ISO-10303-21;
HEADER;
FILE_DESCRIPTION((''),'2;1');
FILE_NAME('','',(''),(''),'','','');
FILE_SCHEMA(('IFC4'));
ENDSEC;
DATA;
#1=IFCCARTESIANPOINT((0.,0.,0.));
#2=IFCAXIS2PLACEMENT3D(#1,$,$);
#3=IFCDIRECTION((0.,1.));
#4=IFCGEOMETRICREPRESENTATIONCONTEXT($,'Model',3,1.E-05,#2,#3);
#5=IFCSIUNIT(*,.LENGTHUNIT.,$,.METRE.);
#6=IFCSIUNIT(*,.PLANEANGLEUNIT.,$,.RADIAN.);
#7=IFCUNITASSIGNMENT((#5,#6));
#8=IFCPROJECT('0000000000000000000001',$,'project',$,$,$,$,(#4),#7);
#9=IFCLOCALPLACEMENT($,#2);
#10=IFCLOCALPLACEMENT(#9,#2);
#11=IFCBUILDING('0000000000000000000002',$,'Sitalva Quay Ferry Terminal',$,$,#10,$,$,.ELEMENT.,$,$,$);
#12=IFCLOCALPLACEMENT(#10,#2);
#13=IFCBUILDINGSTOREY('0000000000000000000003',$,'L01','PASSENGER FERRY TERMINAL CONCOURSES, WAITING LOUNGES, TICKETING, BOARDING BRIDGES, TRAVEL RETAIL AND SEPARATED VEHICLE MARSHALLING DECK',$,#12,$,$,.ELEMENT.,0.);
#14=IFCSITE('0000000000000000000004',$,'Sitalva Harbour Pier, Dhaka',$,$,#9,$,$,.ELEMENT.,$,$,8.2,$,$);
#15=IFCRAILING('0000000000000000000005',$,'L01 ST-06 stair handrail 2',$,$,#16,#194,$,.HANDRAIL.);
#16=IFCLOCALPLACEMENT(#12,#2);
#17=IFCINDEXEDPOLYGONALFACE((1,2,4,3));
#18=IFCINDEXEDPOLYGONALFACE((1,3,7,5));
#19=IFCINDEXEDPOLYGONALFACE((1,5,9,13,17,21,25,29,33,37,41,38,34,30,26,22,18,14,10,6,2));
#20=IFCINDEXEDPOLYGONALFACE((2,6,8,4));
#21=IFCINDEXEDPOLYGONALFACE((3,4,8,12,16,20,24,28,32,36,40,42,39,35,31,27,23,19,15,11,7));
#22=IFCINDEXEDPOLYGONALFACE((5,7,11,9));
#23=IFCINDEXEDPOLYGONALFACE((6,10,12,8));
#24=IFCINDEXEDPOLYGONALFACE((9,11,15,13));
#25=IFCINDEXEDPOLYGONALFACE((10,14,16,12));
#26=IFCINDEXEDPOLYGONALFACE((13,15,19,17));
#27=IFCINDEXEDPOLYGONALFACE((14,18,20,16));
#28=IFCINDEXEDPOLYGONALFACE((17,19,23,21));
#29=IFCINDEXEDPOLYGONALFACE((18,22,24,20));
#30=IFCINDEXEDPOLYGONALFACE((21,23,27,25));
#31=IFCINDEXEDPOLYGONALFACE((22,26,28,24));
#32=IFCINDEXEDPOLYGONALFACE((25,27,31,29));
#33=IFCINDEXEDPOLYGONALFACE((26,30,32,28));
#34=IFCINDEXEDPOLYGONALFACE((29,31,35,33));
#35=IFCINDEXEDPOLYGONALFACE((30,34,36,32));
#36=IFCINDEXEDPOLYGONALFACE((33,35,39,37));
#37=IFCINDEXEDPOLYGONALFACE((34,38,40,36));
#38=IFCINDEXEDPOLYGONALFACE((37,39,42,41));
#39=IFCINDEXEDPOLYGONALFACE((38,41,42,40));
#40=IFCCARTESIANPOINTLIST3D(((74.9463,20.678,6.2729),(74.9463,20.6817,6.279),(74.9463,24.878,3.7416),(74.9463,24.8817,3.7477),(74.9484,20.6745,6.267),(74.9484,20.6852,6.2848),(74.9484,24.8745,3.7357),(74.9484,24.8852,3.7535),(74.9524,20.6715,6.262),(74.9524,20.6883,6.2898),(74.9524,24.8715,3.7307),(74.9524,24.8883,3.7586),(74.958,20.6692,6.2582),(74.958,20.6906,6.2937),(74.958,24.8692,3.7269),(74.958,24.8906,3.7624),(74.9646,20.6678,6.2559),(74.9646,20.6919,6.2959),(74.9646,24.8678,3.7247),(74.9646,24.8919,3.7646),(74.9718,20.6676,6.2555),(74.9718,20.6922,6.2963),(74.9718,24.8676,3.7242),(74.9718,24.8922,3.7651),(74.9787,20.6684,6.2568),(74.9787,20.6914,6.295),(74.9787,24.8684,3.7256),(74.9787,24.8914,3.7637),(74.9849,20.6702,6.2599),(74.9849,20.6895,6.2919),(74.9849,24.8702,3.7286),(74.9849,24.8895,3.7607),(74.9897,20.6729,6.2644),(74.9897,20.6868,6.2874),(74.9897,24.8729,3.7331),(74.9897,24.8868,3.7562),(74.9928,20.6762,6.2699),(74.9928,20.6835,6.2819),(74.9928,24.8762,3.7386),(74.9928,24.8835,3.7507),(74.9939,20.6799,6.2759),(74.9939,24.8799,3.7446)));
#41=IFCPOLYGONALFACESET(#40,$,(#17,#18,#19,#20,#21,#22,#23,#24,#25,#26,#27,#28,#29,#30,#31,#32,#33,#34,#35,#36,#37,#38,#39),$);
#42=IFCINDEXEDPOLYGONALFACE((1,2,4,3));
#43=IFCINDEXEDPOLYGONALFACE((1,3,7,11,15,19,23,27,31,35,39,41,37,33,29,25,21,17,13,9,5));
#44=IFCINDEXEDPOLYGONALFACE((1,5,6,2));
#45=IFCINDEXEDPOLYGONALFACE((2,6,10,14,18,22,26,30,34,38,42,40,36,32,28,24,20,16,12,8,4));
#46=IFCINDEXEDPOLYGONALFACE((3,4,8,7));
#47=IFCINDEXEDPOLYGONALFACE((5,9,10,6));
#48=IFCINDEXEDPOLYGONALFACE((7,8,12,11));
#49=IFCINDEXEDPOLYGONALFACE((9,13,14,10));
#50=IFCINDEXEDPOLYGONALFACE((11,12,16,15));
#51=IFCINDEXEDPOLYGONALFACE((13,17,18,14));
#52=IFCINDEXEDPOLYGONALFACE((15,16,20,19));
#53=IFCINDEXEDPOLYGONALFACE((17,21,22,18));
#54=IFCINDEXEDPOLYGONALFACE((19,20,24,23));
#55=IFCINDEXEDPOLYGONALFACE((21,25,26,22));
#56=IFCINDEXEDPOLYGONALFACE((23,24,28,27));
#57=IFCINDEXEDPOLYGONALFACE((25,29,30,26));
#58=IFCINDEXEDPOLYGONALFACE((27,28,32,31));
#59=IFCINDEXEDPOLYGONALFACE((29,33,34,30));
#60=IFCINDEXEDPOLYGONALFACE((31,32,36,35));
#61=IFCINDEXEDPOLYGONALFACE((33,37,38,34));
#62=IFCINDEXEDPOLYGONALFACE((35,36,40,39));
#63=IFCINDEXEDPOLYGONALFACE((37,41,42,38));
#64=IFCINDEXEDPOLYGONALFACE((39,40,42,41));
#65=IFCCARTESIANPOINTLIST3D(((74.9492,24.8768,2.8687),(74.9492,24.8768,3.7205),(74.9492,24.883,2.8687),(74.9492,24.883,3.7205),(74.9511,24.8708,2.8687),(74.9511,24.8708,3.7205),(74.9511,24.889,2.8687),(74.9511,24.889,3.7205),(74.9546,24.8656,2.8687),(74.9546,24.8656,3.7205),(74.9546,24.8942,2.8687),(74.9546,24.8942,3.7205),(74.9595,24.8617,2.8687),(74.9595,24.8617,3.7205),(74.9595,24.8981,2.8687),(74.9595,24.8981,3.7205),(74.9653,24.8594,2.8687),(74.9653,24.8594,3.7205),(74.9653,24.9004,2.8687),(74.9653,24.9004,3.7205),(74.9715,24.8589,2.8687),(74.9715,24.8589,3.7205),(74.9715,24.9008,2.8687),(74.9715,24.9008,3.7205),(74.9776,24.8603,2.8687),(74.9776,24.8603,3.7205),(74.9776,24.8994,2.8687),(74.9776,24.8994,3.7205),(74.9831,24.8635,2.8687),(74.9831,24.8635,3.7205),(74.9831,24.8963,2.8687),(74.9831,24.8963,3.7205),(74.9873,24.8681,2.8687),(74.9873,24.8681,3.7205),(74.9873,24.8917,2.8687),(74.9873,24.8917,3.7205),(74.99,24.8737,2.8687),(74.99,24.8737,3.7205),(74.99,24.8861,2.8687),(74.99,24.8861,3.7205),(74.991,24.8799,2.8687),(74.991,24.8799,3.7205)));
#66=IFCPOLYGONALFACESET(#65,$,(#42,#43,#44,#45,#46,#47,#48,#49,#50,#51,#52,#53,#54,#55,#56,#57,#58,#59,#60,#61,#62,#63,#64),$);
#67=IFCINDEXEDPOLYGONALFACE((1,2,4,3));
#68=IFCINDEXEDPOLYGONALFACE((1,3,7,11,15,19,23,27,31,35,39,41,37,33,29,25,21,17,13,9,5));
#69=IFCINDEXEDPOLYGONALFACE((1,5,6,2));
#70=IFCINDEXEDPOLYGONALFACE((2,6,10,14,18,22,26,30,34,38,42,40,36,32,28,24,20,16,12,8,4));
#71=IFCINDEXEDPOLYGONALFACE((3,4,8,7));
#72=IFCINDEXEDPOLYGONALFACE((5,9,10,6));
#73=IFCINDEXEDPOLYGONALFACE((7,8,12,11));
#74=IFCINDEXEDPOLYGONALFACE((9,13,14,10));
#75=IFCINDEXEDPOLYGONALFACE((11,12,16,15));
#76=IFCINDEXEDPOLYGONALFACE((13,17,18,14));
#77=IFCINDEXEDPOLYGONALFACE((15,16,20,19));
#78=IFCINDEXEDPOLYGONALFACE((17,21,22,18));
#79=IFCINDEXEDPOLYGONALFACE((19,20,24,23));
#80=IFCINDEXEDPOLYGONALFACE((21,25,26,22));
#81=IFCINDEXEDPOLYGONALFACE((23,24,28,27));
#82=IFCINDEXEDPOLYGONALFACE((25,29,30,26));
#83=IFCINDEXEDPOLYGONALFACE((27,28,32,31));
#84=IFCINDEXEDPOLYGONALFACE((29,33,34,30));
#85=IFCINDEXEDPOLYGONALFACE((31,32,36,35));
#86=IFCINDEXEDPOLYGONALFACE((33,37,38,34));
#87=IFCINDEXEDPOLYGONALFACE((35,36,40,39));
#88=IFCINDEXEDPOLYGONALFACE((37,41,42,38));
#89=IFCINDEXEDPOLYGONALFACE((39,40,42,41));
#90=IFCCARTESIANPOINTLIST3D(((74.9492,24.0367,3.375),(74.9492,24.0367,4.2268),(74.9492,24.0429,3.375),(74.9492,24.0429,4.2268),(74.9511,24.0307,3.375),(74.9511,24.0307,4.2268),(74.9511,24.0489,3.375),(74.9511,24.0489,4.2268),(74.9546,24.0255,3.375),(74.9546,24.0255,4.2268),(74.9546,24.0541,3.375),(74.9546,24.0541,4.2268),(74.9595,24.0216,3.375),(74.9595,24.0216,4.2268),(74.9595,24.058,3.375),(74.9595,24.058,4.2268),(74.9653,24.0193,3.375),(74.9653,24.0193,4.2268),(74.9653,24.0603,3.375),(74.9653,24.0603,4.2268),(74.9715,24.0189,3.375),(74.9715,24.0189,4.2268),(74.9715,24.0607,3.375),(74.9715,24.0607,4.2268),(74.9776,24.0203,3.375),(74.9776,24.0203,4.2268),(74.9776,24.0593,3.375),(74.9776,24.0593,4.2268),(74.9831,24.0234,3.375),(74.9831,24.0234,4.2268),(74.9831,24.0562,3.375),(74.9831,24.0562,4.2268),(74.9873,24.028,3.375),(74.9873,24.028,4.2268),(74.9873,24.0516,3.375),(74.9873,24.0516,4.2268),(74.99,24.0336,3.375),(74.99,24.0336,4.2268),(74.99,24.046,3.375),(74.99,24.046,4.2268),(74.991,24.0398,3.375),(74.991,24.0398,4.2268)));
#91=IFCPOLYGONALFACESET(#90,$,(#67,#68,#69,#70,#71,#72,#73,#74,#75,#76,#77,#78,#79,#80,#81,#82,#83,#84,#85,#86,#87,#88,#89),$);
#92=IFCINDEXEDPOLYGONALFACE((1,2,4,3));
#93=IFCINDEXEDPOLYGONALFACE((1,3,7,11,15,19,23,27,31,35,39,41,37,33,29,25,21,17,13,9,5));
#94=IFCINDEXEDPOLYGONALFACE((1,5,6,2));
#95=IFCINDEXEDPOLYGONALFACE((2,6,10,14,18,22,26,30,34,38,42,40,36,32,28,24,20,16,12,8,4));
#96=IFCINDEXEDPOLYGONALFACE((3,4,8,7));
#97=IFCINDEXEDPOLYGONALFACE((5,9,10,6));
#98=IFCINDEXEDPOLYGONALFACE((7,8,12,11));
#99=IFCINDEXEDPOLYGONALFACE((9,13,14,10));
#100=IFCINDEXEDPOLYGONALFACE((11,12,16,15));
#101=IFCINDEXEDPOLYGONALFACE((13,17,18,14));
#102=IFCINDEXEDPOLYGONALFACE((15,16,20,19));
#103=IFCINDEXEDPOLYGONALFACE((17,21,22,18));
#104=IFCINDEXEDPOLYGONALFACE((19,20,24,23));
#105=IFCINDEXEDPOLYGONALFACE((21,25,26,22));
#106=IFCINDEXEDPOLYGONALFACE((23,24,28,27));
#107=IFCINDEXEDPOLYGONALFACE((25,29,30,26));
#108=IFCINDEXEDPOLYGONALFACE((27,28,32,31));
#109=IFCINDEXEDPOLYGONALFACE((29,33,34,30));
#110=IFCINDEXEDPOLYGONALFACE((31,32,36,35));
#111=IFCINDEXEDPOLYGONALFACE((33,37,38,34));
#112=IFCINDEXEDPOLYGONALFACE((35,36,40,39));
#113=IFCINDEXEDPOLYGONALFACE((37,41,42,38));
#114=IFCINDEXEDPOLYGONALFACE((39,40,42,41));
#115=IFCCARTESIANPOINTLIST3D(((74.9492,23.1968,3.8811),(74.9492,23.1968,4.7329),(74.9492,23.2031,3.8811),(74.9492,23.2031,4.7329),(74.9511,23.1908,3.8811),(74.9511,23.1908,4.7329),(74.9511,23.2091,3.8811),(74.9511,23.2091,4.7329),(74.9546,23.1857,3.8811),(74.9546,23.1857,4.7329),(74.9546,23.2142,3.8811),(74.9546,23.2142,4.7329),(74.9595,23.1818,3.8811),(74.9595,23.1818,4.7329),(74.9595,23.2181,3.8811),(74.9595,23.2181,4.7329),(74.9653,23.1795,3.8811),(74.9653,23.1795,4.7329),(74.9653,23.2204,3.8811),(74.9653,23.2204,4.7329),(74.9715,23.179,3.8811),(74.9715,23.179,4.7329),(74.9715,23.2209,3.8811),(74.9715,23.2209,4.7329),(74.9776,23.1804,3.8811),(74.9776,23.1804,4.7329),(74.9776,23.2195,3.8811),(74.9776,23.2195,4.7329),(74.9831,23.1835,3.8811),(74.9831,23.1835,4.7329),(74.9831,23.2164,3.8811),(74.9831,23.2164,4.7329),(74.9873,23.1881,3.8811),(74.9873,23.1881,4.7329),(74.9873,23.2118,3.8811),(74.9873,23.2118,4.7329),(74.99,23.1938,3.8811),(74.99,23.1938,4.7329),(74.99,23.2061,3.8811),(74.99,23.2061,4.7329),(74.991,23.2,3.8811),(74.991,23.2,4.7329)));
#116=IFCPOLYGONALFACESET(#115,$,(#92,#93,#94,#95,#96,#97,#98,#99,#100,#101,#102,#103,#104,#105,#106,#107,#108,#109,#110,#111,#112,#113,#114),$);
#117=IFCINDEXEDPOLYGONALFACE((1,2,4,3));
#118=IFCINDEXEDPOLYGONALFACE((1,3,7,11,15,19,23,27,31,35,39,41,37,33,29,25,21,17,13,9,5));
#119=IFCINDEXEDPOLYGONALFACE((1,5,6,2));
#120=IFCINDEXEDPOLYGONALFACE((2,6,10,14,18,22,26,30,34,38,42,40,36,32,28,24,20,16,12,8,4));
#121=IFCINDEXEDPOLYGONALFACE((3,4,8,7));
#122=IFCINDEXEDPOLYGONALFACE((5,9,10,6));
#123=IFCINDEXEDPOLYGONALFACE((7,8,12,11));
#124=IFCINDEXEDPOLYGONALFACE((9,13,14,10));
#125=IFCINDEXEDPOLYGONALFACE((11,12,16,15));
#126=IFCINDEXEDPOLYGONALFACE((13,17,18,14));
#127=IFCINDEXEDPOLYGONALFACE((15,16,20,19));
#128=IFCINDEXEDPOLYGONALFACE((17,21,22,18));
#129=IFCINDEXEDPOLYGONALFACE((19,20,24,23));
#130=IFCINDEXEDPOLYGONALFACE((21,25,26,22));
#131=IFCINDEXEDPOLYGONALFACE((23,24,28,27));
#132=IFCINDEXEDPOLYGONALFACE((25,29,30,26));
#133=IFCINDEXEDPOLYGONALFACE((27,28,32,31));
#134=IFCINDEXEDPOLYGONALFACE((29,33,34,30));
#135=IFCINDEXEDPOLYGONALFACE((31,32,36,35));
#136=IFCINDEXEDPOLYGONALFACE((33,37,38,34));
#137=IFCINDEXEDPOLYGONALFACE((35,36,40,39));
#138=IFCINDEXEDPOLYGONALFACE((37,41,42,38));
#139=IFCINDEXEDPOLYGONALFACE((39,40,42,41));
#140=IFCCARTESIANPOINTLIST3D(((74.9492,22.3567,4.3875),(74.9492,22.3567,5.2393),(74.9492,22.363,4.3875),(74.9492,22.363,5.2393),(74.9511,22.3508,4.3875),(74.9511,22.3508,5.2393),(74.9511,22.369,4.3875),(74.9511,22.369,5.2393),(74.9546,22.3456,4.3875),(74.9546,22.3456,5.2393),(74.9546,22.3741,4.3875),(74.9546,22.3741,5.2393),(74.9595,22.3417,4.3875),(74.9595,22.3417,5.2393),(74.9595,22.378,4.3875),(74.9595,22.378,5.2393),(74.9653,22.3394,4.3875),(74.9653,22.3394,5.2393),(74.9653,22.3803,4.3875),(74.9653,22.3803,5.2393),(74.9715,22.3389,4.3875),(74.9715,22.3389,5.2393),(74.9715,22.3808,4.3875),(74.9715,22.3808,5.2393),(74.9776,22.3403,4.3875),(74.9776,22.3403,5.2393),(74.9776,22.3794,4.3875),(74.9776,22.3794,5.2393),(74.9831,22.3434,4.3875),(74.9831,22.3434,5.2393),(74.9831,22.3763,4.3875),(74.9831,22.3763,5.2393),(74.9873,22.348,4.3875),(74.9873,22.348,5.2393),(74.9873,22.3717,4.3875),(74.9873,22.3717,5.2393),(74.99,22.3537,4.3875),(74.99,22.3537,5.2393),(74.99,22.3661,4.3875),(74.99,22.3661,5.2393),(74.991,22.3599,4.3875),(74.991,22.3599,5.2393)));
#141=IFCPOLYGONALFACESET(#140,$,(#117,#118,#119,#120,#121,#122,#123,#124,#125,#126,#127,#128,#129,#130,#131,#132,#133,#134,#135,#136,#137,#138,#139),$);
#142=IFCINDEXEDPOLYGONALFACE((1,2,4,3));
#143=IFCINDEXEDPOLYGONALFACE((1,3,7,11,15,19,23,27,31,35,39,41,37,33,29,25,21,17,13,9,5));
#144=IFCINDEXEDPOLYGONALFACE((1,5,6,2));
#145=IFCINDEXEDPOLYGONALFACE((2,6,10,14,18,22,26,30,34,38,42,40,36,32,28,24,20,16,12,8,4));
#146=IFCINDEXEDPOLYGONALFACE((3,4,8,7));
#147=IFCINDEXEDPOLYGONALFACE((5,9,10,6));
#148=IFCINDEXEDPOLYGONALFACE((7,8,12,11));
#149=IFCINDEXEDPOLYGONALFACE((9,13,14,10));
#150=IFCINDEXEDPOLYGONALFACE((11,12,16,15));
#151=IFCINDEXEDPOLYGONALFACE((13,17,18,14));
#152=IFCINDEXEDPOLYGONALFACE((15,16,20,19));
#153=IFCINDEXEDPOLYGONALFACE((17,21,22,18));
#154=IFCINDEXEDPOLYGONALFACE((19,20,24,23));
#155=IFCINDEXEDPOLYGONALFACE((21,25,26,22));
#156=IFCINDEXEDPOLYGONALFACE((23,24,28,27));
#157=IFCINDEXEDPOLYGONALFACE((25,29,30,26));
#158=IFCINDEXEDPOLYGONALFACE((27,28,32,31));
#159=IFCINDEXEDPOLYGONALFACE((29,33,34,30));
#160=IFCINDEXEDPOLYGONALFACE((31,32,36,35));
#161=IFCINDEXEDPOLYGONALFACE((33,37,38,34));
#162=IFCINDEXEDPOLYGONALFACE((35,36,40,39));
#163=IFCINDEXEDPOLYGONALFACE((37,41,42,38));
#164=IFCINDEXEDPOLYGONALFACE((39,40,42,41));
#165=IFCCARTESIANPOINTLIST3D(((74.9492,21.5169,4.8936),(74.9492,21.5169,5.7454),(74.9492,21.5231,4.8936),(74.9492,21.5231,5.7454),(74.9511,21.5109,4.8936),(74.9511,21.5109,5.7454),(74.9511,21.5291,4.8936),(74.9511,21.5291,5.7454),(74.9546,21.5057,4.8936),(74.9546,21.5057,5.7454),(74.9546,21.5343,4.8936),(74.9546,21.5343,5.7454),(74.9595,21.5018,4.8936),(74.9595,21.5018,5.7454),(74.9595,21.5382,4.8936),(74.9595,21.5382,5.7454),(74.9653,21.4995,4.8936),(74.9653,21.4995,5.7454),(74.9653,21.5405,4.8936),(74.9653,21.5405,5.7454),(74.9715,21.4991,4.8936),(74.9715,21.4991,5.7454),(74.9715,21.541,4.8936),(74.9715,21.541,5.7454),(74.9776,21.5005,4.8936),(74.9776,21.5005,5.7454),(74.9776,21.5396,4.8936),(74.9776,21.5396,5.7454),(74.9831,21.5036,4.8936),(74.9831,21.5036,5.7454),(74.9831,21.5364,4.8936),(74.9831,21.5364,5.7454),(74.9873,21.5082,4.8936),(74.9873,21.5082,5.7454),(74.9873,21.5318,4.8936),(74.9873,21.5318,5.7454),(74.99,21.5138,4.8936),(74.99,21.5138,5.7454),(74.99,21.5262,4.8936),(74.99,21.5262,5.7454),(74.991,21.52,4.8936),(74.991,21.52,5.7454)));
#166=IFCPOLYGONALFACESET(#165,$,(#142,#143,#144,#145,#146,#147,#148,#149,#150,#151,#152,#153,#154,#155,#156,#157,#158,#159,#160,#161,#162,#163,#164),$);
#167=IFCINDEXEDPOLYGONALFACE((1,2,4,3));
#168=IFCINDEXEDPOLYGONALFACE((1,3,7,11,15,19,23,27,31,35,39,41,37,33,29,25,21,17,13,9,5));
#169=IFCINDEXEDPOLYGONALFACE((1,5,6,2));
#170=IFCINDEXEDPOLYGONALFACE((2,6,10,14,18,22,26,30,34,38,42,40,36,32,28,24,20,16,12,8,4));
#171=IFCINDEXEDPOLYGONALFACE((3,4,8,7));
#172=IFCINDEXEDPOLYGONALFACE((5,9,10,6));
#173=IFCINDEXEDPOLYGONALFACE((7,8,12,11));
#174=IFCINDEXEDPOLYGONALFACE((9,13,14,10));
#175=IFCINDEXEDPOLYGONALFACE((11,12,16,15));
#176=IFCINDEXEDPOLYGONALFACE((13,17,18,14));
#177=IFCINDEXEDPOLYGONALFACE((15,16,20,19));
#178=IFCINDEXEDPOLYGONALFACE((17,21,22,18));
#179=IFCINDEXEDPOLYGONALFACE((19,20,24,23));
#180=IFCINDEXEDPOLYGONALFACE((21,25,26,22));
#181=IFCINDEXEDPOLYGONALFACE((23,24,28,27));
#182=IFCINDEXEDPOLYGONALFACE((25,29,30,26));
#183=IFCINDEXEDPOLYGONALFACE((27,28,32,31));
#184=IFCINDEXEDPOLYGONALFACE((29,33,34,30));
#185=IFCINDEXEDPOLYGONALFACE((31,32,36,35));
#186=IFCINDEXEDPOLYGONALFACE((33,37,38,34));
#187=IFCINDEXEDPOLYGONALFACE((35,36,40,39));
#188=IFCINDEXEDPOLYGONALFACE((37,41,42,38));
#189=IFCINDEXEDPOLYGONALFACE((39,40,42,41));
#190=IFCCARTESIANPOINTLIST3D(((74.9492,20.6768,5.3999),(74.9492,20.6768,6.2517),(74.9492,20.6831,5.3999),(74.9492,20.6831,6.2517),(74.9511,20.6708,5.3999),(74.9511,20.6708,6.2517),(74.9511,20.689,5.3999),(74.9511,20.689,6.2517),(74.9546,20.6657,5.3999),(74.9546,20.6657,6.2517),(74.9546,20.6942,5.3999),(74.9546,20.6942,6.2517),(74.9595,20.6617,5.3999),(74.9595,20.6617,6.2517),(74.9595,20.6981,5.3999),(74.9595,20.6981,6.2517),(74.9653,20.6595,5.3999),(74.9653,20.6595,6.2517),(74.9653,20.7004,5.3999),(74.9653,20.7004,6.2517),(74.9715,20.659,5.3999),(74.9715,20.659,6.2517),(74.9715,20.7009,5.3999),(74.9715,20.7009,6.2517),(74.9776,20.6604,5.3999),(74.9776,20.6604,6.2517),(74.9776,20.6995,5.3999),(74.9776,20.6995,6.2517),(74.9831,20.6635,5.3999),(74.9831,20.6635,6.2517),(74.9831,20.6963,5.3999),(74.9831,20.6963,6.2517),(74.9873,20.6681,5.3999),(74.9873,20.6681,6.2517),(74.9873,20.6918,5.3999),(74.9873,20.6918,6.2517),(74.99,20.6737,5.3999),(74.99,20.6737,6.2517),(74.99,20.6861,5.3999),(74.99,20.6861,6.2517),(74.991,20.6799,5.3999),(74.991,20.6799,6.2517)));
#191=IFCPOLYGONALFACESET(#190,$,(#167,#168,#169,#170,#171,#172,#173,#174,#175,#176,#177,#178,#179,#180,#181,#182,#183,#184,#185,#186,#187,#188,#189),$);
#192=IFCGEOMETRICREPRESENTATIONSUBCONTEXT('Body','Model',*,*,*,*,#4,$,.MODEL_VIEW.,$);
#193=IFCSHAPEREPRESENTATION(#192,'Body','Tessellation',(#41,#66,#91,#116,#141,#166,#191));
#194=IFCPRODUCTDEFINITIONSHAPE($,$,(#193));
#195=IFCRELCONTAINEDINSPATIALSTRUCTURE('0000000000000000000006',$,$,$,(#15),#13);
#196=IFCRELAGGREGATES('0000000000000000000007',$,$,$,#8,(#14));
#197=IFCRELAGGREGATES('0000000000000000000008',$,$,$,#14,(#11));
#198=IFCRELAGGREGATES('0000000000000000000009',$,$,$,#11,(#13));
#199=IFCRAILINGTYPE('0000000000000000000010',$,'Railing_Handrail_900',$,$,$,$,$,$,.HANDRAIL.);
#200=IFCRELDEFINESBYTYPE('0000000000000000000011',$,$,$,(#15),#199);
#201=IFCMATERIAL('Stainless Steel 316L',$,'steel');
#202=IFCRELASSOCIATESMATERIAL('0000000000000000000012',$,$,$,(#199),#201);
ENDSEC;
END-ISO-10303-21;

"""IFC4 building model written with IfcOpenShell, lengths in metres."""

from ifc_helpers import new_model, si_unit, direction, frame, origin, origin_2d, place, context, subcontext, project, spatial, circle, extrude, material, type_object, element, save


model = new_model("IFC4")

# Units and contexts
model_context = context("Model", 3, precision=1e-05, world=origin(), true_north=direction((0.0, 1.0)))
body_context = subcontext(model_context, "Body", "Model", "MODEL_VIEW")
ifc_project = project(units=[si_unit("LENGTHUNIT", "METRE"), si_unit("PLANEANGLEUNIT", "RADIAN")], contexts=[model_context])

# Site, building, storey
site_placement = place(None, origin())
site = spatial("IfcSite", under=ifc_project, at=site_placement, Name="Sitalva Harbour Pier, Dhaka", CompositionType="ELEMENT", RefElevation=8.2)
building_placement = place(site_placement, origin())
building = spatial("IfcBuilding", under=site, at=building_placement, Name="Sitalva Quay Ferry Terminal", CompositionType="ELEMENT")
storey_placement = place(building_placement, origin())
storey = spatial("IfcBuildingStorey", under=building, at=storey_placement, Name="L01", Description="PASSENGER FERRY TERMINAL CONCOURSES, WAITING LOUNGES, TICKETING, BOARDING BRIDGES, TRAVEL RETAIL AND SEPARATED VEHICLE MARSHALLING DECK", CompositionType="ELEMENT", Elevation=0.0)

# Railing
ifc_material_1 = material(Name="Stainless Steel 316L", Category="steel")
railing_type_1 = type_object("IfcRailingType", Name="Railing_Handrail_900", PredefinedType="HANDRAIL", material=ifc_material_1)
railing_1_placement = place(storey_placement, frame((74.97, 24.8799, 2.8687)))
element("IfcRailing", 1, at=railing_1_placement, inside=storey, type_object=railing_type_1, Name="L01 ST-06 stair handrail 2", PredefinedType="HANDRAIL", context=body_context, shape_type="SweptSolid", body=[
    extrude(circle(Radius=0.0239, at=origin_2d()), frame((0.0, 0.0, 0.876), z_axis=(0.0, -0.856476, 0.516186), x_axis=(1.0, 0.0, 0.0)), (0.0, 0.0, 1.0), 4.9038),
    extrude(circle(Radius=0.021, at=origin_2d()), origin(), (0.0, 0.0, 1.0), 0.8518),
    extrude(circle(Radius=0.021, at=origin_2d()), frame((0.0, -0.8401, 0.5063)), (0.0, 0.0, 1.0), 0.8518),
    extrude(circle(Radius=0.021, at=origin_2d()), frame((0.0, -1.6799, 1.0125)), (0.0, 0.0, 1.0), 0.8518),
    extrude(circle(Radius=0.021, at=origin_2d()), frame((0.0, -2.52, 1.5188)), (0.0, 0.0, 1.0), 0.8518),
    extrude(circle(Radius=0.021, at=origin_2d()), frame((0.0, -3.3599, 2.0249)), (0.0, 0.0, 1.0), 0.8518),
    extrude(circle(Radius=0.021, at=origin_2d()), frame((0.0, -4.2, 2.5312)), (0.0, 0.0, 1.0), 0.8518),
])

save(model, "model.ifc")
